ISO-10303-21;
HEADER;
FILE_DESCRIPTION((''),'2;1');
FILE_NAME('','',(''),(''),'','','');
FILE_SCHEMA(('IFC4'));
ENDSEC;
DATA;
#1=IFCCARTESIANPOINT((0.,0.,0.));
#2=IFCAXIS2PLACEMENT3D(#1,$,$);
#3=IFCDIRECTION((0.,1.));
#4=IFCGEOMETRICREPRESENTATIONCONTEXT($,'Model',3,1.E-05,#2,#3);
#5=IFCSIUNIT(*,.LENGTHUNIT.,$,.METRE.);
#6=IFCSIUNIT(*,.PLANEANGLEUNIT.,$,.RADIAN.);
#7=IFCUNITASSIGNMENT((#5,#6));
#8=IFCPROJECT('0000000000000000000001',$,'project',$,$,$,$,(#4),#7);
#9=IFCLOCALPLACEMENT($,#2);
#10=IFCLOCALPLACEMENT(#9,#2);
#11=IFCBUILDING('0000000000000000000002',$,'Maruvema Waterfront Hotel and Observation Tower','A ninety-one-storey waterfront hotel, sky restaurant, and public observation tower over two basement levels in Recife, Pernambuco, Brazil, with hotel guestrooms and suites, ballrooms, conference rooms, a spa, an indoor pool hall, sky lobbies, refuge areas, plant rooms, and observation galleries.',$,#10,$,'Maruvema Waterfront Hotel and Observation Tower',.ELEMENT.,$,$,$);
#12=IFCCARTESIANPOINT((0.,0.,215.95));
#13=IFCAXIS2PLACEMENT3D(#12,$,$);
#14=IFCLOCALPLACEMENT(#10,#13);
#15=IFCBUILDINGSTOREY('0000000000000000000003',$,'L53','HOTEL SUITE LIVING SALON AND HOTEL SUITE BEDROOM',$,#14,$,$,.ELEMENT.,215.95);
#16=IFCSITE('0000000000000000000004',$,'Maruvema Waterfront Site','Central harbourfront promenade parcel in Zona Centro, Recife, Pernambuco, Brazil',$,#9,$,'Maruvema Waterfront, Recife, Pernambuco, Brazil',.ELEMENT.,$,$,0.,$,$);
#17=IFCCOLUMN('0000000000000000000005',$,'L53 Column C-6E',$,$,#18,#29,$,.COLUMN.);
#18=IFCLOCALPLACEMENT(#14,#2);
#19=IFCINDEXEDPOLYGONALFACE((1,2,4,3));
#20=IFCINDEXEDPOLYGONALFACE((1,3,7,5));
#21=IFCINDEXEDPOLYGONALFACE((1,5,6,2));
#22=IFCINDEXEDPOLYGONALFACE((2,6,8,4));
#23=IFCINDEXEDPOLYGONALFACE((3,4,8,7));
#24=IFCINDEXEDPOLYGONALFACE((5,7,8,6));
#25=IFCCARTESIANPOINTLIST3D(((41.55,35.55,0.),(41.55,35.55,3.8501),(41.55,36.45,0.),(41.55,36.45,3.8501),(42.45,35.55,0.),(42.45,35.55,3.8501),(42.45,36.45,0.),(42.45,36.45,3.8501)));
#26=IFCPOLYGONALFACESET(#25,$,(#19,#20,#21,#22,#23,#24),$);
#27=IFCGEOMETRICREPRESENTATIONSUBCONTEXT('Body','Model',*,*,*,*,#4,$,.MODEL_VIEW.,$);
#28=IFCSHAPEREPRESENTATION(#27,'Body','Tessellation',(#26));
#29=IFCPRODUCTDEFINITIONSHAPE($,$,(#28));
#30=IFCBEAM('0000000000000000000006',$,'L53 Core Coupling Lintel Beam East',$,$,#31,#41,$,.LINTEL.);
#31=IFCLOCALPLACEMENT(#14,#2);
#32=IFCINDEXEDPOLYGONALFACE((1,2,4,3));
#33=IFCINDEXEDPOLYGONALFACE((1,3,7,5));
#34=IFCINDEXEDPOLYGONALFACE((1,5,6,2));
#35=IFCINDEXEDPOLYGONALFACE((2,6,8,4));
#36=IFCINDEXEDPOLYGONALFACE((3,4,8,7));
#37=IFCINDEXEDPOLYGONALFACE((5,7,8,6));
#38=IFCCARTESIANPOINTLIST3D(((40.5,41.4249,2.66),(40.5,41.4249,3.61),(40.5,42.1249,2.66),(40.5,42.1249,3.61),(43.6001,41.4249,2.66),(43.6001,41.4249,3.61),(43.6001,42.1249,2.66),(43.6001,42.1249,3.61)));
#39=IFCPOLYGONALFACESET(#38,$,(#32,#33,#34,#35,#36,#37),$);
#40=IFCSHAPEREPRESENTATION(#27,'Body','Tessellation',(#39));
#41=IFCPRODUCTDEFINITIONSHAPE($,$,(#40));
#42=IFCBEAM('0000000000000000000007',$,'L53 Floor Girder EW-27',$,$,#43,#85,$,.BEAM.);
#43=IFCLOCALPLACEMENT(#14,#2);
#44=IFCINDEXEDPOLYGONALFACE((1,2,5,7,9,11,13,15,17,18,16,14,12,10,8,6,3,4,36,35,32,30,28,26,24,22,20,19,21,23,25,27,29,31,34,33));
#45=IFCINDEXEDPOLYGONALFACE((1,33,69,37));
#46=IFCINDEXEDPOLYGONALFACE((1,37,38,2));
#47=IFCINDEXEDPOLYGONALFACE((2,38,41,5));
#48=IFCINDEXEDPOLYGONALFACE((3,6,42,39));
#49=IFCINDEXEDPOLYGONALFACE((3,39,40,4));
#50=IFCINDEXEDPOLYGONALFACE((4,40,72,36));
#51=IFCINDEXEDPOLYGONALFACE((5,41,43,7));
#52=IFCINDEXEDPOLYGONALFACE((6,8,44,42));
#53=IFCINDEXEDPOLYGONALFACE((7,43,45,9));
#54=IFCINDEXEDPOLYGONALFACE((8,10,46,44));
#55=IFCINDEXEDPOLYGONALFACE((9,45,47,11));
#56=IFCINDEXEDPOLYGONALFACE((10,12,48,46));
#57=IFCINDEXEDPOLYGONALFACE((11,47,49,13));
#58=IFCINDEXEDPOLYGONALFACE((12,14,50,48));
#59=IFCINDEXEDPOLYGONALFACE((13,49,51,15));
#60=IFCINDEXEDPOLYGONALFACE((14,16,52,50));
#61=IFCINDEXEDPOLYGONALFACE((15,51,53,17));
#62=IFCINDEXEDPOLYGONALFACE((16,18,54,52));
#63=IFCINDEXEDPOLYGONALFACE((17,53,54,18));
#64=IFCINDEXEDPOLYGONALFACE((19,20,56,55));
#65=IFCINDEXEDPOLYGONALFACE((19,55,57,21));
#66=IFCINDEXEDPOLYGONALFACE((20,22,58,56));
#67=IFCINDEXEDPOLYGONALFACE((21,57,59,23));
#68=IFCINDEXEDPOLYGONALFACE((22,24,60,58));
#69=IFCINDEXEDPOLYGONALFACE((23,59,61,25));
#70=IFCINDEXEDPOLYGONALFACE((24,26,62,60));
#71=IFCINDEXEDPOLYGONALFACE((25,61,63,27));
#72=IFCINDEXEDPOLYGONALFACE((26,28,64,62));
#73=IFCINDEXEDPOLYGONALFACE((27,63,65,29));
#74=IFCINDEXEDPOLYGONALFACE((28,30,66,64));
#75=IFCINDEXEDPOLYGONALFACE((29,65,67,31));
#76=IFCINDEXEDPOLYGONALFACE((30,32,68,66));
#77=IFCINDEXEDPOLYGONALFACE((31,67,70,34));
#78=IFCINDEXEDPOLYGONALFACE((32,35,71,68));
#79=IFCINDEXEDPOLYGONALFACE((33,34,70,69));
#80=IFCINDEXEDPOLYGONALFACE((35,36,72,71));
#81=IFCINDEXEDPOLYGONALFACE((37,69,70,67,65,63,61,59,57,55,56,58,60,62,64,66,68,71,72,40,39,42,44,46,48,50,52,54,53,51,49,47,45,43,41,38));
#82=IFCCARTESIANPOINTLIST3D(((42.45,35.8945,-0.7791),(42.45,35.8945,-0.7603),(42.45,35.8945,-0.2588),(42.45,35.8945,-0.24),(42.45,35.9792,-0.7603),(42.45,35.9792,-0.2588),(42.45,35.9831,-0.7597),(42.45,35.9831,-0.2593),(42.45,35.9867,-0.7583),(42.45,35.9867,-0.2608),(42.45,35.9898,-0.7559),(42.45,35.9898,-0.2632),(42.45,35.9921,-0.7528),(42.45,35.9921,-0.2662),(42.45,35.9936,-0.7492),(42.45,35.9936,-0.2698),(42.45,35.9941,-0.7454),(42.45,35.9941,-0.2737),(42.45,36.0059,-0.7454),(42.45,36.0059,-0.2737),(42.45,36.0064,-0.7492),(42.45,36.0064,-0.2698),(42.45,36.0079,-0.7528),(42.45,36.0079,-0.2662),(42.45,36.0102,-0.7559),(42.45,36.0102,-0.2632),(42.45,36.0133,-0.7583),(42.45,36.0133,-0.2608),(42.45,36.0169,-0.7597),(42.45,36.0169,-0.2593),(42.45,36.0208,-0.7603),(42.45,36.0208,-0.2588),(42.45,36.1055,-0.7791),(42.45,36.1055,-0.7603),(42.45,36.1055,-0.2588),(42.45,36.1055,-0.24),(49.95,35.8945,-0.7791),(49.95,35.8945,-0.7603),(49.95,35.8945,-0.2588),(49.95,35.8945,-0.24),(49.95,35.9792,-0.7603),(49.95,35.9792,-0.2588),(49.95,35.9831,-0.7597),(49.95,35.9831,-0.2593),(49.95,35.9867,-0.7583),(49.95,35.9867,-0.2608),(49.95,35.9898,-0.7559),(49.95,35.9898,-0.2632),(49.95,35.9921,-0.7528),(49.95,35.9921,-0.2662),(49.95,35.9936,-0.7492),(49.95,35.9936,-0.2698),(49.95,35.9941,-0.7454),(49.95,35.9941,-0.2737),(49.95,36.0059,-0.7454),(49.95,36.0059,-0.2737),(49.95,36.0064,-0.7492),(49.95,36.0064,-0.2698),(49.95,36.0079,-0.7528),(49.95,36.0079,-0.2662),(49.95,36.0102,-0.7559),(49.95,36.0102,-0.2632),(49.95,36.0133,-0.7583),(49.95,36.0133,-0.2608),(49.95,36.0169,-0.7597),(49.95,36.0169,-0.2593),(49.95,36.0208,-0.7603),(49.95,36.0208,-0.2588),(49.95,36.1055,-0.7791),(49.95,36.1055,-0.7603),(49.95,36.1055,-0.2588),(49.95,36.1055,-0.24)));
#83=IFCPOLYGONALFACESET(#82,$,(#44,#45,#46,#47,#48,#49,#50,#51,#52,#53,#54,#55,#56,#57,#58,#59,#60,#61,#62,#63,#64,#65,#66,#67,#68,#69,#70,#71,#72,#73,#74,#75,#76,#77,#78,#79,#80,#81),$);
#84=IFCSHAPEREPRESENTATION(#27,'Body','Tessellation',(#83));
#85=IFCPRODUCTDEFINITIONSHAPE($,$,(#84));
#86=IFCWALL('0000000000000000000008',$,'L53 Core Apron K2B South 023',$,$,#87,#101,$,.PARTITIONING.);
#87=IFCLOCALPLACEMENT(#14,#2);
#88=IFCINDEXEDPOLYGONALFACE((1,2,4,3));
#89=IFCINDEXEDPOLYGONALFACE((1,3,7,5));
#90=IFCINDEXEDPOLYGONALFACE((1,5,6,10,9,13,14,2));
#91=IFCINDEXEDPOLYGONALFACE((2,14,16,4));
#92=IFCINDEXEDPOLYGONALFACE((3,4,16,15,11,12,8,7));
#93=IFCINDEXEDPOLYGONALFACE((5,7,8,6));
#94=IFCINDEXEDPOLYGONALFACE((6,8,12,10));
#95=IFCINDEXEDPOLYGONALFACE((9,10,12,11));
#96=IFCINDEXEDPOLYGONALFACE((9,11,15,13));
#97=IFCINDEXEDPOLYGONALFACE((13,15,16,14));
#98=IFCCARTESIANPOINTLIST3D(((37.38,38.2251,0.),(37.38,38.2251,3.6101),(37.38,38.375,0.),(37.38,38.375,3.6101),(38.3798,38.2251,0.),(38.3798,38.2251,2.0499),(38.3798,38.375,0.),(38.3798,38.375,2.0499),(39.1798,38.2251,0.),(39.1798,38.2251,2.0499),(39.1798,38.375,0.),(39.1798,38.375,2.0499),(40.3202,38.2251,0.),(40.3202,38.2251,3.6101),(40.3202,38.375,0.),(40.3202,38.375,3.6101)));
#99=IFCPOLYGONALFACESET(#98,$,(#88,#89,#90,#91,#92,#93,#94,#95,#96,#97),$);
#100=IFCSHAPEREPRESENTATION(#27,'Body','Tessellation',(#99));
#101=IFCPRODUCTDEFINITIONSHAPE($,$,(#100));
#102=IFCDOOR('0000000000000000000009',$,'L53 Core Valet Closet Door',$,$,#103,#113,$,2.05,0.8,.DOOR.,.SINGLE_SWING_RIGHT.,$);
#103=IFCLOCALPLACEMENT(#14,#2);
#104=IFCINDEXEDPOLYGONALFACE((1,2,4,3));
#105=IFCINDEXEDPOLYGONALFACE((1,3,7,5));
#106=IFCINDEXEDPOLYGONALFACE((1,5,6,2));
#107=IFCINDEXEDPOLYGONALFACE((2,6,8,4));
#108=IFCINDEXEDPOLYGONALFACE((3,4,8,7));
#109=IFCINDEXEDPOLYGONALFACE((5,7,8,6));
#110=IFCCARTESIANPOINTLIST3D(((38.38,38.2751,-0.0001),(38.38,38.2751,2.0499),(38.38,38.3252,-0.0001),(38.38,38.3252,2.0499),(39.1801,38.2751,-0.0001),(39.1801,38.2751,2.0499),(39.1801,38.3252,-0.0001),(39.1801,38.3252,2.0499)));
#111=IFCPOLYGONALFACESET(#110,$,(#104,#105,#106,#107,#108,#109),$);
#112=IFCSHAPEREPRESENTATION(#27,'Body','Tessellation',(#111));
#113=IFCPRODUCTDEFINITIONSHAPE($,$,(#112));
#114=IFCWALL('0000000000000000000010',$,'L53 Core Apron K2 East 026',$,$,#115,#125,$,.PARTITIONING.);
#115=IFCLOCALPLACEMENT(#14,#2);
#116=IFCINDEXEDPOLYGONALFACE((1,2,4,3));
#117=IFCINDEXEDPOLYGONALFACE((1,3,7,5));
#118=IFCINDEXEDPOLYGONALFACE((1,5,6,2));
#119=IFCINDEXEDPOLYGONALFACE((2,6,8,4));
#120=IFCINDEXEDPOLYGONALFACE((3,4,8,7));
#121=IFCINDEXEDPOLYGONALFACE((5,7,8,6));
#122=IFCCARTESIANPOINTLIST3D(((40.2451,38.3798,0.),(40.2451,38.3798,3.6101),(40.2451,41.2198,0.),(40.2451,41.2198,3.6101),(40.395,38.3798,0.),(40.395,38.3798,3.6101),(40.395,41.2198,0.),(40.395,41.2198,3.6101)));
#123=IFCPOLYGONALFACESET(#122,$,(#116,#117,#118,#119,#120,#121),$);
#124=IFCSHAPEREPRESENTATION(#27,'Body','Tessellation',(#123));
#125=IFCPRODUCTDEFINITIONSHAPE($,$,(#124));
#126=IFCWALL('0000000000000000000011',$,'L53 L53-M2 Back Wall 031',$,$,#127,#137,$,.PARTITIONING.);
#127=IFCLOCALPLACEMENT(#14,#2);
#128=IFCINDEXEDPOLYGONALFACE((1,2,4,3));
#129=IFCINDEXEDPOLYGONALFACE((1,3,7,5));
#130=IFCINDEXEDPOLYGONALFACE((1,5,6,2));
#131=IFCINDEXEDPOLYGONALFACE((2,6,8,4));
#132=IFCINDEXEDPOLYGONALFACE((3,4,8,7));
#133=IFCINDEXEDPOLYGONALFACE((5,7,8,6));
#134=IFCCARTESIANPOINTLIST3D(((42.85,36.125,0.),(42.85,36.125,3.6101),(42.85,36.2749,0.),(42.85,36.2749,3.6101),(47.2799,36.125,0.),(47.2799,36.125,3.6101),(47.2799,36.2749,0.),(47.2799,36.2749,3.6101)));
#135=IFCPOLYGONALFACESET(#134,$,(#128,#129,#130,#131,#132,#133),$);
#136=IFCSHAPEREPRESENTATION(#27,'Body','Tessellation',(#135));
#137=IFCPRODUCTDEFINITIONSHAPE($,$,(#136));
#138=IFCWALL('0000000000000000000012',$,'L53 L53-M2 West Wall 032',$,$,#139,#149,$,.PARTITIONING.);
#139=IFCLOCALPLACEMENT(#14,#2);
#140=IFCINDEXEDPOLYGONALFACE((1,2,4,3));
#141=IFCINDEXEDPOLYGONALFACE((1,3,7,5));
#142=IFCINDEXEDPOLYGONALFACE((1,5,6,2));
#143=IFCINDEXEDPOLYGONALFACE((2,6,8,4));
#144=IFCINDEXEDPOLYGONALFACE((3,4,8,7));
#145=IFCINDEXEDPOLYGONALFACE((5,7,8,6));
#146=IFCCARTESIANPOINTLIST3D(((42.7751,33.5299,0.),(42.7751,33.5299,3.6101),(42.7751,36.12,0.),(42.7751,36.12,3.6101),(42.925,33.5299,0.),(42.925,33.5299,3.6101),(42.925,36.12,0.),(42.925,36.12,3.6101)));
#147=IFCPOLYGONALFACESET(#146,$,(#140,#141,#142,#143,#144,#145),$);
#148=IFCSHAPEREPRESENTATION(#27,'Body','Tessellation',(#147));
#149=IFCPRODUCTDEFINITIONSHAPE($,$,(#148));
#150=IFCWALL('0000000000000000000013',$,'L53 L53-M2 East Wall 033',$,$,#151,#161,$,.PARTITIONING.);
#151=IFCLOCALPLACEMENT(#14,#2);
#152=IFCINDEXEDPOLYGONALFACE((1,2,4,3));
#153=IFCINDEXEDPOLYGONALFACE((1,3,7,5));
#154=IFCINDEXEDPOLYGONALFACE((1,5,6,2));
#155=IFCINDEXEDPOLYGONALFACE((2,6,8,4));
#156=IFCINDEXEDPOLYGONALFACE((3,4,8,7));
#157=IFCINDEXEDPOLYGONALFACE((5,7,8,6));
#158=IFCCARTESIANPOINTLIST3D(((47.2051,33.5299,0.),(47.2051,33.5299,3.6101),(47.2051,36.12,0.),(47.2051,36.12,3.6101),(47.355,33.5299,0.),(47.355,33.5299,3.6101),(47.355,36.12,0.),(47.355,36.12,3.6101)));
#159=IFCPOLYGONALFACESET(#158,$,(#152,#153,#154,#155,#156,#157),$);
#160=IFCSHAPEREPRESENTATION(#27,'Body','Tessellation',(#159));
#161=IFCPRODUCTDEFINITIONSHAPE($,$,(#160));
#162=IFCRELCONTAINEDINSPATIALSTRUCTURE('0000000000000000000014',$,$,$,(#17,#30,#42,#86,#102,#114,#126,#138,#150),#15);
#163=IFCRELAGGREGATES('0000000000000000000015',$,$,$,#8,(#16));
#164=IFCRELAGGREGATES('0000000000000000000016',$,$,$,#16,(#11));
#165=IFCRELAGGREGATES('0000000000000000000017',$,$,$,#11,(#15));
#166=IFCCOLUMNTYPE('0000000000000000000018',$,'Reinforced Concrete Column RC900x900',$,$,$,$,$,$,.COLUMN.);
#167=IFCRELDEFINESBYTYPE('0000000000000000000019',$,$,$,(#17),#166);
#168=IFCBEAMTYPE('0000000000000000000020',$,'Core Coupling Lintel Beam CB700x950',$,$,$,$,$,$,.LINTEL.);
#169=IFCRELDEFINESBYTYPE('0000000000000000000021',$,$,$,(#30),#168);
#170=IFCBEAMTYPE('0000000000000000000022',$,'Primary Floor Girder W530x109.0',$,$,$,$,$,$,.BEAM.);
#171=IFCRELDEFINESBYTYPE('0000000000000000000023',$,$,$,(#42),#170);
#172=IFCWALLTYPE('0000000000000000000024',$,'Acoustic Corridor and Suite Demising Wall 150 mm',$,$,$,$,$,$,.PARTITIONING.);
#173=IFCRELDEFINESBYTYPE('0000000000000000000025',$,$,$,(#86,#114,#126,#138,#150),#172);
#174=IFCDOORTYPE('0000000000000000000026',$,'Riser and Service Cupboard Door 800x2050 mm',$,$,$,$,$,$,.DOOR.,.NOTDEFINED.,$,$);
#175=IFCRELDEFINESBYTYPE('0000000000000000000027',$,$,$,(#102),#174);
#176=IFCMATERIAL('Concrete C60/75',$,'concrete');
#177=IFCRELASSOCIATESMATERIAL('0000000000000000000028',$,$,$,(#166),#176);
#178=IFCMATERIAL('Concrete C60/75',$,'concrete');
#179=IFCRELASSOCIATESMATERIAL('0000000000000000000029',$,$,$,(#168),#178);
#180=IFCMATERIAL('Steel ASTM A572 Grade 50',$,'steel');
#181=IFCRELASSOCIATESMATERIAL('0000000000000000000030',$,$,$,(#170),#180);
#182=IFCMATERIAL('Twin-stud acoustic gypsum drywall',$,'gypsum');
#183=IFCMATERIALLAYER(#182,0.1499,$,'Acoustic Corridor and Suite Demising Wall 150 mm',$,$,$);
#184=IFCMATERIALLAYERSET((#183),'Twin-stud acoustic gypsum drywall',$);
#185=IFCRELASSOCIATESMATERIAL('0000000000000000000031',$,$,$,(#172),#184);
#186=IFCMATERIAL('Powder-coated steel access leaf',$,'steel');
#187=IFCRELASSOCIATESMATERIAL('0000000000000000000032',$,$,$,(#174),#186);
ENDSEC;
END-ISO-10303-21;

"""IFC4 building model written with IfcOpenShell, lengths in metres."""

from ifc_helpers import new_model, si_unit, direction, frame, frame_2d, origin, origin_2d, place, context, subcontext, project, spatial, rectangle, i_section, extrude, material, layer, layer_set, material_profile, profile_set, type_object, element, fill, save


model = new_model("IFC4")

# Units and contexts
model_context = context("Model", 3, precision=1e-05, world=origin(), true_north=direction((0.0, 1.0)))
body_context = subcontext(model_context, "Body", "Model", "MODEL_VIEW")
ifc_project = project(units=[si_unit("LENGTHUNIT", "METRE"), si_unit("PLANEANGLEUNIT", "RADIAN")], contexts=[model_context])

# Site, building, storey
site_placement = place(None, origin())
site = spatial("IfcSite", under=ifc_project, at=site_placement, Name="Maruvema Waterfront Site", Description="Central harbourfront promenade parcel in Zona Centro, Recife, Pernambuco, Brazil", LongName="Maruvema Waterfront, Recife, Pernambuco, Brazil", CompositionType="ELEMENT", RefElevation=0.0)
building_placement = place(site_placement, origin())
building = spatial("IfcBuilding", under=site, at=building_placement, Name="Maruvema Waterfront Hotel and Observation Tower", Description="A ninety-one-storey waterfront hotel, sky restaurant, and public observation tower over two basement levels in Recife, Pernambuco, Brazil, with hotel guestrooms and suites, ballrooms, conference rooms, a spa, an indoor pool hall, sky lobbies, refuge areas, plant rooms, and observation galleries.", LongName="Maruvema Waterfront Hotel and Observation Tower", CompositionType="ELEMENT")
storey_placement = place(building_placement, frame((0.0, 0.0, 215.95)))
storey = spatial("IfcBuildingStorey", under=building, at=storey_placement, Name="L53", Description="HOTEL SUITE LIVING SALON AND HOTEL SUITE BEDROOM", CompositionType="ELEMENT", Elevation=215.95)

# Column
ifc_material_1 = material(Name="Concrete C60/75", Category="concrete")
ifc_material_profile_1 = material_profile(ifc_material_1, rectangle(XDim=0.8999, YDim=0.8999, at=origin_2d()), Name="RC900x900")
ifc_profile_set_1 = profile_set([ifc_material_profile_1], Name="Concrete C60/75")
column_type = type_object("IfcColumnType", Name="Reinforced Concrete Column RC900x900", PredefinedType="COLUMN", material=ifc_profile_set_1)
column_placement = place(storey_placement, frame((42.0, 36.0, 0.0), z_axis=(0.0, 0.0, 1.0), x_axis=(1.0, 0.0, 0.0)))
element("IfcColumn", 1, at=column_placement, inside=storey, type_object=column_type, Name="L53 Column C-6E", PredefinedType="COLUMN", context=body_context, shape_type="SweptSolid", body=[
    extrude(rectangle(XDim=0.8999, YDim=0.8999, at=origin_2d()), origin(), (0.0, 0.0, 1.0), 3.8501),
])

# Beams
ifc_material_2 = material(Name="Concrete C60/75", Category="concrete")
ifc_material_profile_2 = material_profile(ifc_material_2, rectangle(XDim=0.7, YDim=0.95, at=origin_2d()), Name="CB700x950")
ifc_profile_set_2 = profile_set([ifc_material_profile_2], Name="Concrete C60/75")
beam_type_1 = type_object("IfcBeamType", Name="Core Coupling Lintel Beam CB700x950", PredefinedType="LINTEL", material=ifc_profile_set_2)
beam_1_placement = place(storey_placement, frame((40.5, 41.7749, 3.135), z_axis=(1.0, 0.0, 0.0), x_axis=(0.0, 1.0, 0.0)))
element("IfcBeam", 2, at=beam_1_placement, inside=storey, type_object=beam_type_1, Name="L53 Core Coupling Lintel Beam East", PredefinedType="LINTEL", context=body_context, shape_type="SweptSolid", body=[
    extrude(rectangle(XDim=0.7, YDim=0.95, at=origin_2d()), origin(), (0.0, 0.0, 1.0), 3.1001),
])
ifc_material_3 = material(Name="Steel ASTM A572 Grade 50", Category="steel")
ifc_material_profile_3 = material_profile(ifc_material_3, i_section(OverallWidth=0.2109, OverallDepth=0.5391, WebThickness=0.0117, FlangeThickness=0.0188, FilletRadius=0.0149, at=origin_2d()), Name="W530x109.0")
ifc_profile_set_3 = profile_set([ifc_material_profile_3], Name="Steel ASTM A572 Grade 50")
beam_type_2 = type_object("IfcBeamType", Name="Primary Floor Girder W530x109.0", PredefinedType="BEAM", material=ifc_profile_set_3)
beam_2_placement = place(storey_placement, frame((42.45, 36.0, -0.5095), z_axis=(1.0, 0.0, 0.0), x_axis=(0.0, 1.0, 0.0)))
element("IfcBeam", 3, at=beam_2_placement, inside=storey, type_object=beam_type_2, Name="L53 Floor Girder EW-27", PredefinedType="BEAM", context=body_context, shape_type="SweptSolid", body=[
    extrude(i_section(OverallWidth=0.2109, OverallDepth=0.5391, WebThickness=0.0117, FlangeThickness=0.0188, FilletRadius=0.0149, at=origin_2d()), origin(), (0.0, 0.0, 1.0), 7.5),
])

# Wall, opening, door
ifc_material_4 = material(Name="Twin-stud acoustic gypsum drywall", Category="gypsum")
ifc_layer_1 = layer(ifc_material_4, 0.1499, Name="Acoustic Corridor and Suite Demising Wall 150 mm")
ifc_layer_set_1 = layer_set([ifc_layer_1], Name="Twin-stud acoustic gypsum drywall")
wall_type_1 = type_object("IfcWallType", Name="Acoustic Corridor and Suite Demising Wall 150 mm", PredefinedType="PARTITIONING", material=ifc_layer_set_1)
wall_1_placement = place(storey_placement, frame((37.3799, 38.3, 0.0), z_axis=(0.0, 0.0, 1.0), x_axis=(1.0, 0.0, 0.0)))
wall_1 = element("IfcWall", 4, at=wall_1_placement, inside=storey, type_object=wall_type_1, Name="L53 Core Apron K2B South 023", PredefinedType="PARTITIONING", context=body_context, shape_type="SweptSolid", body=[
    extrude(rectangle(XDim=2.9402, YDim=0.1499, at=frame_2d((1.4702, 0.0))), origin(), (0.0, 0.0, 1.0), 3.6101),
])
opening_1_placement = place(wall_1_placement, frame((1.0, 0.0, 0.0)))
opening_1 = element("IfcOpeningElement", 5, at=opening_1_placement, cuts=wall_1, PredefinedType="OPENING", context=body_context, shape_type="SweptSolid", body=[
    extrude(rectangle(XDim=0.8, YDim=2.05, at=frame_2d((0.3999, 1.0249))), frame((0.0, 0.085, 0.0), z_axis=(0.0, -1.0, 0.0), x_axis=(1.0, 0.0, 0.0)), (0.0, 0.0, 1.0), 0.1699),
])
ifc_material_5 = material(Name="Powder-coated steel access leaf", Category="steel")
door_type_1 = type_object("IfcDoorType", Name="Riser and Service Cupboard Door 800x2050 mm", OperationType="NOTDEFINED", PredefinedType="DOOR", material=ifc_material_5)
door_1_placement = place(opening_1_placement, frame((0.8, 0.0, 0.0), z_axis=(0.0, 0.0, 1.0), x_axis=(-1.0, 0.0, 0.0)))
door_1 = element("IfcDoor", 6, at=door_1_placement, inside=storey, type_object=door_type_1, Name="L53 Core Valet Closet Door", OperationType="SINGLE_SWING_RIGHT", OverallHeight=2.05, OverallWidth=0.8, PredefinedType="DOOR", context=body_context, shape_type="SweptSolid", body=[
    extrude(rectangle(XDim=0.8, YDim=2.05, at=frame_2d((0.3999, 1.0249))), frame((0.0, 0.0249, 0.0), z_axis=(0.0, -1.0, 0.0), x_axis=(1.0, 0.0, 0.0)), (0.0, 0.0, 1.0), 0.05),
])
fill(opening_1, door_1)

# Walls
wall_2_placement = place(storey_placement, frame((40.3201, 38.3799, 0.0), z_axis=(0.0, 0.0, 1.0), x_axis=(0.0, 1.0, 0.0)))
element("IfcWall", 7, at=wall_2_placement, inside=storey, type_object=wall_type_1, Name="L53 Core Apron K2 East 026", PredefinedType="PARTITIONING", context=body_context, shape_type="SweptSolid", body=[
    extrude(rectangle(XDim=2.8401, YDim=0.1499, at=frame_2d((1.4199, 0.0))), origin(), (0.0, 0.0, 1.0), 3.6101),
])
wall_3_placement = place(storey_placement, frame((42.8501, 36.2, 0.0), z_axis=(0.0, 0.0, 1.0), x_axis=(1.0, 0.0, 0.0)))
element("IfcWall", 8, at=wall_3_placement, inside=storey, type_object=wall_type_1, Name="L53 L53-M2 Back Wall 031", PredefinedType="PARTITIONING", context=body_context, shape_type="SweptSolid", body=[
    extrude(rectangle(XDim=4.4299, YDim=0.1499, at=frame_2d((2.2148, 0.0))), origin(), (0.0, 0.0, 1.0), 3.6101),
])
for number, where, z_axis, x_axis, name in (
    (9, (42.8501, 33.53, 0.0), (0.0, 0.0, 1.0), (0.0, 1.0, 0.0), "L53 L53-M2 West Wall 032"),
    (10, (47.28, 33.53, 0.0), (0.0, 0.0, 1.0), (0.0, 1.0, 0.0), "L53 L53-M2 East Wall 033"),
):
    element("IfcWall", number, at=place(storey_placement, frame(where, z_axis=z_axis, x_axis=x_axis)), inside=storey, type_object=wall_type_1, Name=name, PredefinedType="PARTITIONING", context=body_context, shape_type="SweptSolid", body=[
        extrude(rectangle(XDim=2.5901, YDim=0.1499, at=frame_2d((1.2949, 0.0))), origin(), (0.0, 0.0, 1.0), 3.6101),
    ])

save(model, "model.ifc")
